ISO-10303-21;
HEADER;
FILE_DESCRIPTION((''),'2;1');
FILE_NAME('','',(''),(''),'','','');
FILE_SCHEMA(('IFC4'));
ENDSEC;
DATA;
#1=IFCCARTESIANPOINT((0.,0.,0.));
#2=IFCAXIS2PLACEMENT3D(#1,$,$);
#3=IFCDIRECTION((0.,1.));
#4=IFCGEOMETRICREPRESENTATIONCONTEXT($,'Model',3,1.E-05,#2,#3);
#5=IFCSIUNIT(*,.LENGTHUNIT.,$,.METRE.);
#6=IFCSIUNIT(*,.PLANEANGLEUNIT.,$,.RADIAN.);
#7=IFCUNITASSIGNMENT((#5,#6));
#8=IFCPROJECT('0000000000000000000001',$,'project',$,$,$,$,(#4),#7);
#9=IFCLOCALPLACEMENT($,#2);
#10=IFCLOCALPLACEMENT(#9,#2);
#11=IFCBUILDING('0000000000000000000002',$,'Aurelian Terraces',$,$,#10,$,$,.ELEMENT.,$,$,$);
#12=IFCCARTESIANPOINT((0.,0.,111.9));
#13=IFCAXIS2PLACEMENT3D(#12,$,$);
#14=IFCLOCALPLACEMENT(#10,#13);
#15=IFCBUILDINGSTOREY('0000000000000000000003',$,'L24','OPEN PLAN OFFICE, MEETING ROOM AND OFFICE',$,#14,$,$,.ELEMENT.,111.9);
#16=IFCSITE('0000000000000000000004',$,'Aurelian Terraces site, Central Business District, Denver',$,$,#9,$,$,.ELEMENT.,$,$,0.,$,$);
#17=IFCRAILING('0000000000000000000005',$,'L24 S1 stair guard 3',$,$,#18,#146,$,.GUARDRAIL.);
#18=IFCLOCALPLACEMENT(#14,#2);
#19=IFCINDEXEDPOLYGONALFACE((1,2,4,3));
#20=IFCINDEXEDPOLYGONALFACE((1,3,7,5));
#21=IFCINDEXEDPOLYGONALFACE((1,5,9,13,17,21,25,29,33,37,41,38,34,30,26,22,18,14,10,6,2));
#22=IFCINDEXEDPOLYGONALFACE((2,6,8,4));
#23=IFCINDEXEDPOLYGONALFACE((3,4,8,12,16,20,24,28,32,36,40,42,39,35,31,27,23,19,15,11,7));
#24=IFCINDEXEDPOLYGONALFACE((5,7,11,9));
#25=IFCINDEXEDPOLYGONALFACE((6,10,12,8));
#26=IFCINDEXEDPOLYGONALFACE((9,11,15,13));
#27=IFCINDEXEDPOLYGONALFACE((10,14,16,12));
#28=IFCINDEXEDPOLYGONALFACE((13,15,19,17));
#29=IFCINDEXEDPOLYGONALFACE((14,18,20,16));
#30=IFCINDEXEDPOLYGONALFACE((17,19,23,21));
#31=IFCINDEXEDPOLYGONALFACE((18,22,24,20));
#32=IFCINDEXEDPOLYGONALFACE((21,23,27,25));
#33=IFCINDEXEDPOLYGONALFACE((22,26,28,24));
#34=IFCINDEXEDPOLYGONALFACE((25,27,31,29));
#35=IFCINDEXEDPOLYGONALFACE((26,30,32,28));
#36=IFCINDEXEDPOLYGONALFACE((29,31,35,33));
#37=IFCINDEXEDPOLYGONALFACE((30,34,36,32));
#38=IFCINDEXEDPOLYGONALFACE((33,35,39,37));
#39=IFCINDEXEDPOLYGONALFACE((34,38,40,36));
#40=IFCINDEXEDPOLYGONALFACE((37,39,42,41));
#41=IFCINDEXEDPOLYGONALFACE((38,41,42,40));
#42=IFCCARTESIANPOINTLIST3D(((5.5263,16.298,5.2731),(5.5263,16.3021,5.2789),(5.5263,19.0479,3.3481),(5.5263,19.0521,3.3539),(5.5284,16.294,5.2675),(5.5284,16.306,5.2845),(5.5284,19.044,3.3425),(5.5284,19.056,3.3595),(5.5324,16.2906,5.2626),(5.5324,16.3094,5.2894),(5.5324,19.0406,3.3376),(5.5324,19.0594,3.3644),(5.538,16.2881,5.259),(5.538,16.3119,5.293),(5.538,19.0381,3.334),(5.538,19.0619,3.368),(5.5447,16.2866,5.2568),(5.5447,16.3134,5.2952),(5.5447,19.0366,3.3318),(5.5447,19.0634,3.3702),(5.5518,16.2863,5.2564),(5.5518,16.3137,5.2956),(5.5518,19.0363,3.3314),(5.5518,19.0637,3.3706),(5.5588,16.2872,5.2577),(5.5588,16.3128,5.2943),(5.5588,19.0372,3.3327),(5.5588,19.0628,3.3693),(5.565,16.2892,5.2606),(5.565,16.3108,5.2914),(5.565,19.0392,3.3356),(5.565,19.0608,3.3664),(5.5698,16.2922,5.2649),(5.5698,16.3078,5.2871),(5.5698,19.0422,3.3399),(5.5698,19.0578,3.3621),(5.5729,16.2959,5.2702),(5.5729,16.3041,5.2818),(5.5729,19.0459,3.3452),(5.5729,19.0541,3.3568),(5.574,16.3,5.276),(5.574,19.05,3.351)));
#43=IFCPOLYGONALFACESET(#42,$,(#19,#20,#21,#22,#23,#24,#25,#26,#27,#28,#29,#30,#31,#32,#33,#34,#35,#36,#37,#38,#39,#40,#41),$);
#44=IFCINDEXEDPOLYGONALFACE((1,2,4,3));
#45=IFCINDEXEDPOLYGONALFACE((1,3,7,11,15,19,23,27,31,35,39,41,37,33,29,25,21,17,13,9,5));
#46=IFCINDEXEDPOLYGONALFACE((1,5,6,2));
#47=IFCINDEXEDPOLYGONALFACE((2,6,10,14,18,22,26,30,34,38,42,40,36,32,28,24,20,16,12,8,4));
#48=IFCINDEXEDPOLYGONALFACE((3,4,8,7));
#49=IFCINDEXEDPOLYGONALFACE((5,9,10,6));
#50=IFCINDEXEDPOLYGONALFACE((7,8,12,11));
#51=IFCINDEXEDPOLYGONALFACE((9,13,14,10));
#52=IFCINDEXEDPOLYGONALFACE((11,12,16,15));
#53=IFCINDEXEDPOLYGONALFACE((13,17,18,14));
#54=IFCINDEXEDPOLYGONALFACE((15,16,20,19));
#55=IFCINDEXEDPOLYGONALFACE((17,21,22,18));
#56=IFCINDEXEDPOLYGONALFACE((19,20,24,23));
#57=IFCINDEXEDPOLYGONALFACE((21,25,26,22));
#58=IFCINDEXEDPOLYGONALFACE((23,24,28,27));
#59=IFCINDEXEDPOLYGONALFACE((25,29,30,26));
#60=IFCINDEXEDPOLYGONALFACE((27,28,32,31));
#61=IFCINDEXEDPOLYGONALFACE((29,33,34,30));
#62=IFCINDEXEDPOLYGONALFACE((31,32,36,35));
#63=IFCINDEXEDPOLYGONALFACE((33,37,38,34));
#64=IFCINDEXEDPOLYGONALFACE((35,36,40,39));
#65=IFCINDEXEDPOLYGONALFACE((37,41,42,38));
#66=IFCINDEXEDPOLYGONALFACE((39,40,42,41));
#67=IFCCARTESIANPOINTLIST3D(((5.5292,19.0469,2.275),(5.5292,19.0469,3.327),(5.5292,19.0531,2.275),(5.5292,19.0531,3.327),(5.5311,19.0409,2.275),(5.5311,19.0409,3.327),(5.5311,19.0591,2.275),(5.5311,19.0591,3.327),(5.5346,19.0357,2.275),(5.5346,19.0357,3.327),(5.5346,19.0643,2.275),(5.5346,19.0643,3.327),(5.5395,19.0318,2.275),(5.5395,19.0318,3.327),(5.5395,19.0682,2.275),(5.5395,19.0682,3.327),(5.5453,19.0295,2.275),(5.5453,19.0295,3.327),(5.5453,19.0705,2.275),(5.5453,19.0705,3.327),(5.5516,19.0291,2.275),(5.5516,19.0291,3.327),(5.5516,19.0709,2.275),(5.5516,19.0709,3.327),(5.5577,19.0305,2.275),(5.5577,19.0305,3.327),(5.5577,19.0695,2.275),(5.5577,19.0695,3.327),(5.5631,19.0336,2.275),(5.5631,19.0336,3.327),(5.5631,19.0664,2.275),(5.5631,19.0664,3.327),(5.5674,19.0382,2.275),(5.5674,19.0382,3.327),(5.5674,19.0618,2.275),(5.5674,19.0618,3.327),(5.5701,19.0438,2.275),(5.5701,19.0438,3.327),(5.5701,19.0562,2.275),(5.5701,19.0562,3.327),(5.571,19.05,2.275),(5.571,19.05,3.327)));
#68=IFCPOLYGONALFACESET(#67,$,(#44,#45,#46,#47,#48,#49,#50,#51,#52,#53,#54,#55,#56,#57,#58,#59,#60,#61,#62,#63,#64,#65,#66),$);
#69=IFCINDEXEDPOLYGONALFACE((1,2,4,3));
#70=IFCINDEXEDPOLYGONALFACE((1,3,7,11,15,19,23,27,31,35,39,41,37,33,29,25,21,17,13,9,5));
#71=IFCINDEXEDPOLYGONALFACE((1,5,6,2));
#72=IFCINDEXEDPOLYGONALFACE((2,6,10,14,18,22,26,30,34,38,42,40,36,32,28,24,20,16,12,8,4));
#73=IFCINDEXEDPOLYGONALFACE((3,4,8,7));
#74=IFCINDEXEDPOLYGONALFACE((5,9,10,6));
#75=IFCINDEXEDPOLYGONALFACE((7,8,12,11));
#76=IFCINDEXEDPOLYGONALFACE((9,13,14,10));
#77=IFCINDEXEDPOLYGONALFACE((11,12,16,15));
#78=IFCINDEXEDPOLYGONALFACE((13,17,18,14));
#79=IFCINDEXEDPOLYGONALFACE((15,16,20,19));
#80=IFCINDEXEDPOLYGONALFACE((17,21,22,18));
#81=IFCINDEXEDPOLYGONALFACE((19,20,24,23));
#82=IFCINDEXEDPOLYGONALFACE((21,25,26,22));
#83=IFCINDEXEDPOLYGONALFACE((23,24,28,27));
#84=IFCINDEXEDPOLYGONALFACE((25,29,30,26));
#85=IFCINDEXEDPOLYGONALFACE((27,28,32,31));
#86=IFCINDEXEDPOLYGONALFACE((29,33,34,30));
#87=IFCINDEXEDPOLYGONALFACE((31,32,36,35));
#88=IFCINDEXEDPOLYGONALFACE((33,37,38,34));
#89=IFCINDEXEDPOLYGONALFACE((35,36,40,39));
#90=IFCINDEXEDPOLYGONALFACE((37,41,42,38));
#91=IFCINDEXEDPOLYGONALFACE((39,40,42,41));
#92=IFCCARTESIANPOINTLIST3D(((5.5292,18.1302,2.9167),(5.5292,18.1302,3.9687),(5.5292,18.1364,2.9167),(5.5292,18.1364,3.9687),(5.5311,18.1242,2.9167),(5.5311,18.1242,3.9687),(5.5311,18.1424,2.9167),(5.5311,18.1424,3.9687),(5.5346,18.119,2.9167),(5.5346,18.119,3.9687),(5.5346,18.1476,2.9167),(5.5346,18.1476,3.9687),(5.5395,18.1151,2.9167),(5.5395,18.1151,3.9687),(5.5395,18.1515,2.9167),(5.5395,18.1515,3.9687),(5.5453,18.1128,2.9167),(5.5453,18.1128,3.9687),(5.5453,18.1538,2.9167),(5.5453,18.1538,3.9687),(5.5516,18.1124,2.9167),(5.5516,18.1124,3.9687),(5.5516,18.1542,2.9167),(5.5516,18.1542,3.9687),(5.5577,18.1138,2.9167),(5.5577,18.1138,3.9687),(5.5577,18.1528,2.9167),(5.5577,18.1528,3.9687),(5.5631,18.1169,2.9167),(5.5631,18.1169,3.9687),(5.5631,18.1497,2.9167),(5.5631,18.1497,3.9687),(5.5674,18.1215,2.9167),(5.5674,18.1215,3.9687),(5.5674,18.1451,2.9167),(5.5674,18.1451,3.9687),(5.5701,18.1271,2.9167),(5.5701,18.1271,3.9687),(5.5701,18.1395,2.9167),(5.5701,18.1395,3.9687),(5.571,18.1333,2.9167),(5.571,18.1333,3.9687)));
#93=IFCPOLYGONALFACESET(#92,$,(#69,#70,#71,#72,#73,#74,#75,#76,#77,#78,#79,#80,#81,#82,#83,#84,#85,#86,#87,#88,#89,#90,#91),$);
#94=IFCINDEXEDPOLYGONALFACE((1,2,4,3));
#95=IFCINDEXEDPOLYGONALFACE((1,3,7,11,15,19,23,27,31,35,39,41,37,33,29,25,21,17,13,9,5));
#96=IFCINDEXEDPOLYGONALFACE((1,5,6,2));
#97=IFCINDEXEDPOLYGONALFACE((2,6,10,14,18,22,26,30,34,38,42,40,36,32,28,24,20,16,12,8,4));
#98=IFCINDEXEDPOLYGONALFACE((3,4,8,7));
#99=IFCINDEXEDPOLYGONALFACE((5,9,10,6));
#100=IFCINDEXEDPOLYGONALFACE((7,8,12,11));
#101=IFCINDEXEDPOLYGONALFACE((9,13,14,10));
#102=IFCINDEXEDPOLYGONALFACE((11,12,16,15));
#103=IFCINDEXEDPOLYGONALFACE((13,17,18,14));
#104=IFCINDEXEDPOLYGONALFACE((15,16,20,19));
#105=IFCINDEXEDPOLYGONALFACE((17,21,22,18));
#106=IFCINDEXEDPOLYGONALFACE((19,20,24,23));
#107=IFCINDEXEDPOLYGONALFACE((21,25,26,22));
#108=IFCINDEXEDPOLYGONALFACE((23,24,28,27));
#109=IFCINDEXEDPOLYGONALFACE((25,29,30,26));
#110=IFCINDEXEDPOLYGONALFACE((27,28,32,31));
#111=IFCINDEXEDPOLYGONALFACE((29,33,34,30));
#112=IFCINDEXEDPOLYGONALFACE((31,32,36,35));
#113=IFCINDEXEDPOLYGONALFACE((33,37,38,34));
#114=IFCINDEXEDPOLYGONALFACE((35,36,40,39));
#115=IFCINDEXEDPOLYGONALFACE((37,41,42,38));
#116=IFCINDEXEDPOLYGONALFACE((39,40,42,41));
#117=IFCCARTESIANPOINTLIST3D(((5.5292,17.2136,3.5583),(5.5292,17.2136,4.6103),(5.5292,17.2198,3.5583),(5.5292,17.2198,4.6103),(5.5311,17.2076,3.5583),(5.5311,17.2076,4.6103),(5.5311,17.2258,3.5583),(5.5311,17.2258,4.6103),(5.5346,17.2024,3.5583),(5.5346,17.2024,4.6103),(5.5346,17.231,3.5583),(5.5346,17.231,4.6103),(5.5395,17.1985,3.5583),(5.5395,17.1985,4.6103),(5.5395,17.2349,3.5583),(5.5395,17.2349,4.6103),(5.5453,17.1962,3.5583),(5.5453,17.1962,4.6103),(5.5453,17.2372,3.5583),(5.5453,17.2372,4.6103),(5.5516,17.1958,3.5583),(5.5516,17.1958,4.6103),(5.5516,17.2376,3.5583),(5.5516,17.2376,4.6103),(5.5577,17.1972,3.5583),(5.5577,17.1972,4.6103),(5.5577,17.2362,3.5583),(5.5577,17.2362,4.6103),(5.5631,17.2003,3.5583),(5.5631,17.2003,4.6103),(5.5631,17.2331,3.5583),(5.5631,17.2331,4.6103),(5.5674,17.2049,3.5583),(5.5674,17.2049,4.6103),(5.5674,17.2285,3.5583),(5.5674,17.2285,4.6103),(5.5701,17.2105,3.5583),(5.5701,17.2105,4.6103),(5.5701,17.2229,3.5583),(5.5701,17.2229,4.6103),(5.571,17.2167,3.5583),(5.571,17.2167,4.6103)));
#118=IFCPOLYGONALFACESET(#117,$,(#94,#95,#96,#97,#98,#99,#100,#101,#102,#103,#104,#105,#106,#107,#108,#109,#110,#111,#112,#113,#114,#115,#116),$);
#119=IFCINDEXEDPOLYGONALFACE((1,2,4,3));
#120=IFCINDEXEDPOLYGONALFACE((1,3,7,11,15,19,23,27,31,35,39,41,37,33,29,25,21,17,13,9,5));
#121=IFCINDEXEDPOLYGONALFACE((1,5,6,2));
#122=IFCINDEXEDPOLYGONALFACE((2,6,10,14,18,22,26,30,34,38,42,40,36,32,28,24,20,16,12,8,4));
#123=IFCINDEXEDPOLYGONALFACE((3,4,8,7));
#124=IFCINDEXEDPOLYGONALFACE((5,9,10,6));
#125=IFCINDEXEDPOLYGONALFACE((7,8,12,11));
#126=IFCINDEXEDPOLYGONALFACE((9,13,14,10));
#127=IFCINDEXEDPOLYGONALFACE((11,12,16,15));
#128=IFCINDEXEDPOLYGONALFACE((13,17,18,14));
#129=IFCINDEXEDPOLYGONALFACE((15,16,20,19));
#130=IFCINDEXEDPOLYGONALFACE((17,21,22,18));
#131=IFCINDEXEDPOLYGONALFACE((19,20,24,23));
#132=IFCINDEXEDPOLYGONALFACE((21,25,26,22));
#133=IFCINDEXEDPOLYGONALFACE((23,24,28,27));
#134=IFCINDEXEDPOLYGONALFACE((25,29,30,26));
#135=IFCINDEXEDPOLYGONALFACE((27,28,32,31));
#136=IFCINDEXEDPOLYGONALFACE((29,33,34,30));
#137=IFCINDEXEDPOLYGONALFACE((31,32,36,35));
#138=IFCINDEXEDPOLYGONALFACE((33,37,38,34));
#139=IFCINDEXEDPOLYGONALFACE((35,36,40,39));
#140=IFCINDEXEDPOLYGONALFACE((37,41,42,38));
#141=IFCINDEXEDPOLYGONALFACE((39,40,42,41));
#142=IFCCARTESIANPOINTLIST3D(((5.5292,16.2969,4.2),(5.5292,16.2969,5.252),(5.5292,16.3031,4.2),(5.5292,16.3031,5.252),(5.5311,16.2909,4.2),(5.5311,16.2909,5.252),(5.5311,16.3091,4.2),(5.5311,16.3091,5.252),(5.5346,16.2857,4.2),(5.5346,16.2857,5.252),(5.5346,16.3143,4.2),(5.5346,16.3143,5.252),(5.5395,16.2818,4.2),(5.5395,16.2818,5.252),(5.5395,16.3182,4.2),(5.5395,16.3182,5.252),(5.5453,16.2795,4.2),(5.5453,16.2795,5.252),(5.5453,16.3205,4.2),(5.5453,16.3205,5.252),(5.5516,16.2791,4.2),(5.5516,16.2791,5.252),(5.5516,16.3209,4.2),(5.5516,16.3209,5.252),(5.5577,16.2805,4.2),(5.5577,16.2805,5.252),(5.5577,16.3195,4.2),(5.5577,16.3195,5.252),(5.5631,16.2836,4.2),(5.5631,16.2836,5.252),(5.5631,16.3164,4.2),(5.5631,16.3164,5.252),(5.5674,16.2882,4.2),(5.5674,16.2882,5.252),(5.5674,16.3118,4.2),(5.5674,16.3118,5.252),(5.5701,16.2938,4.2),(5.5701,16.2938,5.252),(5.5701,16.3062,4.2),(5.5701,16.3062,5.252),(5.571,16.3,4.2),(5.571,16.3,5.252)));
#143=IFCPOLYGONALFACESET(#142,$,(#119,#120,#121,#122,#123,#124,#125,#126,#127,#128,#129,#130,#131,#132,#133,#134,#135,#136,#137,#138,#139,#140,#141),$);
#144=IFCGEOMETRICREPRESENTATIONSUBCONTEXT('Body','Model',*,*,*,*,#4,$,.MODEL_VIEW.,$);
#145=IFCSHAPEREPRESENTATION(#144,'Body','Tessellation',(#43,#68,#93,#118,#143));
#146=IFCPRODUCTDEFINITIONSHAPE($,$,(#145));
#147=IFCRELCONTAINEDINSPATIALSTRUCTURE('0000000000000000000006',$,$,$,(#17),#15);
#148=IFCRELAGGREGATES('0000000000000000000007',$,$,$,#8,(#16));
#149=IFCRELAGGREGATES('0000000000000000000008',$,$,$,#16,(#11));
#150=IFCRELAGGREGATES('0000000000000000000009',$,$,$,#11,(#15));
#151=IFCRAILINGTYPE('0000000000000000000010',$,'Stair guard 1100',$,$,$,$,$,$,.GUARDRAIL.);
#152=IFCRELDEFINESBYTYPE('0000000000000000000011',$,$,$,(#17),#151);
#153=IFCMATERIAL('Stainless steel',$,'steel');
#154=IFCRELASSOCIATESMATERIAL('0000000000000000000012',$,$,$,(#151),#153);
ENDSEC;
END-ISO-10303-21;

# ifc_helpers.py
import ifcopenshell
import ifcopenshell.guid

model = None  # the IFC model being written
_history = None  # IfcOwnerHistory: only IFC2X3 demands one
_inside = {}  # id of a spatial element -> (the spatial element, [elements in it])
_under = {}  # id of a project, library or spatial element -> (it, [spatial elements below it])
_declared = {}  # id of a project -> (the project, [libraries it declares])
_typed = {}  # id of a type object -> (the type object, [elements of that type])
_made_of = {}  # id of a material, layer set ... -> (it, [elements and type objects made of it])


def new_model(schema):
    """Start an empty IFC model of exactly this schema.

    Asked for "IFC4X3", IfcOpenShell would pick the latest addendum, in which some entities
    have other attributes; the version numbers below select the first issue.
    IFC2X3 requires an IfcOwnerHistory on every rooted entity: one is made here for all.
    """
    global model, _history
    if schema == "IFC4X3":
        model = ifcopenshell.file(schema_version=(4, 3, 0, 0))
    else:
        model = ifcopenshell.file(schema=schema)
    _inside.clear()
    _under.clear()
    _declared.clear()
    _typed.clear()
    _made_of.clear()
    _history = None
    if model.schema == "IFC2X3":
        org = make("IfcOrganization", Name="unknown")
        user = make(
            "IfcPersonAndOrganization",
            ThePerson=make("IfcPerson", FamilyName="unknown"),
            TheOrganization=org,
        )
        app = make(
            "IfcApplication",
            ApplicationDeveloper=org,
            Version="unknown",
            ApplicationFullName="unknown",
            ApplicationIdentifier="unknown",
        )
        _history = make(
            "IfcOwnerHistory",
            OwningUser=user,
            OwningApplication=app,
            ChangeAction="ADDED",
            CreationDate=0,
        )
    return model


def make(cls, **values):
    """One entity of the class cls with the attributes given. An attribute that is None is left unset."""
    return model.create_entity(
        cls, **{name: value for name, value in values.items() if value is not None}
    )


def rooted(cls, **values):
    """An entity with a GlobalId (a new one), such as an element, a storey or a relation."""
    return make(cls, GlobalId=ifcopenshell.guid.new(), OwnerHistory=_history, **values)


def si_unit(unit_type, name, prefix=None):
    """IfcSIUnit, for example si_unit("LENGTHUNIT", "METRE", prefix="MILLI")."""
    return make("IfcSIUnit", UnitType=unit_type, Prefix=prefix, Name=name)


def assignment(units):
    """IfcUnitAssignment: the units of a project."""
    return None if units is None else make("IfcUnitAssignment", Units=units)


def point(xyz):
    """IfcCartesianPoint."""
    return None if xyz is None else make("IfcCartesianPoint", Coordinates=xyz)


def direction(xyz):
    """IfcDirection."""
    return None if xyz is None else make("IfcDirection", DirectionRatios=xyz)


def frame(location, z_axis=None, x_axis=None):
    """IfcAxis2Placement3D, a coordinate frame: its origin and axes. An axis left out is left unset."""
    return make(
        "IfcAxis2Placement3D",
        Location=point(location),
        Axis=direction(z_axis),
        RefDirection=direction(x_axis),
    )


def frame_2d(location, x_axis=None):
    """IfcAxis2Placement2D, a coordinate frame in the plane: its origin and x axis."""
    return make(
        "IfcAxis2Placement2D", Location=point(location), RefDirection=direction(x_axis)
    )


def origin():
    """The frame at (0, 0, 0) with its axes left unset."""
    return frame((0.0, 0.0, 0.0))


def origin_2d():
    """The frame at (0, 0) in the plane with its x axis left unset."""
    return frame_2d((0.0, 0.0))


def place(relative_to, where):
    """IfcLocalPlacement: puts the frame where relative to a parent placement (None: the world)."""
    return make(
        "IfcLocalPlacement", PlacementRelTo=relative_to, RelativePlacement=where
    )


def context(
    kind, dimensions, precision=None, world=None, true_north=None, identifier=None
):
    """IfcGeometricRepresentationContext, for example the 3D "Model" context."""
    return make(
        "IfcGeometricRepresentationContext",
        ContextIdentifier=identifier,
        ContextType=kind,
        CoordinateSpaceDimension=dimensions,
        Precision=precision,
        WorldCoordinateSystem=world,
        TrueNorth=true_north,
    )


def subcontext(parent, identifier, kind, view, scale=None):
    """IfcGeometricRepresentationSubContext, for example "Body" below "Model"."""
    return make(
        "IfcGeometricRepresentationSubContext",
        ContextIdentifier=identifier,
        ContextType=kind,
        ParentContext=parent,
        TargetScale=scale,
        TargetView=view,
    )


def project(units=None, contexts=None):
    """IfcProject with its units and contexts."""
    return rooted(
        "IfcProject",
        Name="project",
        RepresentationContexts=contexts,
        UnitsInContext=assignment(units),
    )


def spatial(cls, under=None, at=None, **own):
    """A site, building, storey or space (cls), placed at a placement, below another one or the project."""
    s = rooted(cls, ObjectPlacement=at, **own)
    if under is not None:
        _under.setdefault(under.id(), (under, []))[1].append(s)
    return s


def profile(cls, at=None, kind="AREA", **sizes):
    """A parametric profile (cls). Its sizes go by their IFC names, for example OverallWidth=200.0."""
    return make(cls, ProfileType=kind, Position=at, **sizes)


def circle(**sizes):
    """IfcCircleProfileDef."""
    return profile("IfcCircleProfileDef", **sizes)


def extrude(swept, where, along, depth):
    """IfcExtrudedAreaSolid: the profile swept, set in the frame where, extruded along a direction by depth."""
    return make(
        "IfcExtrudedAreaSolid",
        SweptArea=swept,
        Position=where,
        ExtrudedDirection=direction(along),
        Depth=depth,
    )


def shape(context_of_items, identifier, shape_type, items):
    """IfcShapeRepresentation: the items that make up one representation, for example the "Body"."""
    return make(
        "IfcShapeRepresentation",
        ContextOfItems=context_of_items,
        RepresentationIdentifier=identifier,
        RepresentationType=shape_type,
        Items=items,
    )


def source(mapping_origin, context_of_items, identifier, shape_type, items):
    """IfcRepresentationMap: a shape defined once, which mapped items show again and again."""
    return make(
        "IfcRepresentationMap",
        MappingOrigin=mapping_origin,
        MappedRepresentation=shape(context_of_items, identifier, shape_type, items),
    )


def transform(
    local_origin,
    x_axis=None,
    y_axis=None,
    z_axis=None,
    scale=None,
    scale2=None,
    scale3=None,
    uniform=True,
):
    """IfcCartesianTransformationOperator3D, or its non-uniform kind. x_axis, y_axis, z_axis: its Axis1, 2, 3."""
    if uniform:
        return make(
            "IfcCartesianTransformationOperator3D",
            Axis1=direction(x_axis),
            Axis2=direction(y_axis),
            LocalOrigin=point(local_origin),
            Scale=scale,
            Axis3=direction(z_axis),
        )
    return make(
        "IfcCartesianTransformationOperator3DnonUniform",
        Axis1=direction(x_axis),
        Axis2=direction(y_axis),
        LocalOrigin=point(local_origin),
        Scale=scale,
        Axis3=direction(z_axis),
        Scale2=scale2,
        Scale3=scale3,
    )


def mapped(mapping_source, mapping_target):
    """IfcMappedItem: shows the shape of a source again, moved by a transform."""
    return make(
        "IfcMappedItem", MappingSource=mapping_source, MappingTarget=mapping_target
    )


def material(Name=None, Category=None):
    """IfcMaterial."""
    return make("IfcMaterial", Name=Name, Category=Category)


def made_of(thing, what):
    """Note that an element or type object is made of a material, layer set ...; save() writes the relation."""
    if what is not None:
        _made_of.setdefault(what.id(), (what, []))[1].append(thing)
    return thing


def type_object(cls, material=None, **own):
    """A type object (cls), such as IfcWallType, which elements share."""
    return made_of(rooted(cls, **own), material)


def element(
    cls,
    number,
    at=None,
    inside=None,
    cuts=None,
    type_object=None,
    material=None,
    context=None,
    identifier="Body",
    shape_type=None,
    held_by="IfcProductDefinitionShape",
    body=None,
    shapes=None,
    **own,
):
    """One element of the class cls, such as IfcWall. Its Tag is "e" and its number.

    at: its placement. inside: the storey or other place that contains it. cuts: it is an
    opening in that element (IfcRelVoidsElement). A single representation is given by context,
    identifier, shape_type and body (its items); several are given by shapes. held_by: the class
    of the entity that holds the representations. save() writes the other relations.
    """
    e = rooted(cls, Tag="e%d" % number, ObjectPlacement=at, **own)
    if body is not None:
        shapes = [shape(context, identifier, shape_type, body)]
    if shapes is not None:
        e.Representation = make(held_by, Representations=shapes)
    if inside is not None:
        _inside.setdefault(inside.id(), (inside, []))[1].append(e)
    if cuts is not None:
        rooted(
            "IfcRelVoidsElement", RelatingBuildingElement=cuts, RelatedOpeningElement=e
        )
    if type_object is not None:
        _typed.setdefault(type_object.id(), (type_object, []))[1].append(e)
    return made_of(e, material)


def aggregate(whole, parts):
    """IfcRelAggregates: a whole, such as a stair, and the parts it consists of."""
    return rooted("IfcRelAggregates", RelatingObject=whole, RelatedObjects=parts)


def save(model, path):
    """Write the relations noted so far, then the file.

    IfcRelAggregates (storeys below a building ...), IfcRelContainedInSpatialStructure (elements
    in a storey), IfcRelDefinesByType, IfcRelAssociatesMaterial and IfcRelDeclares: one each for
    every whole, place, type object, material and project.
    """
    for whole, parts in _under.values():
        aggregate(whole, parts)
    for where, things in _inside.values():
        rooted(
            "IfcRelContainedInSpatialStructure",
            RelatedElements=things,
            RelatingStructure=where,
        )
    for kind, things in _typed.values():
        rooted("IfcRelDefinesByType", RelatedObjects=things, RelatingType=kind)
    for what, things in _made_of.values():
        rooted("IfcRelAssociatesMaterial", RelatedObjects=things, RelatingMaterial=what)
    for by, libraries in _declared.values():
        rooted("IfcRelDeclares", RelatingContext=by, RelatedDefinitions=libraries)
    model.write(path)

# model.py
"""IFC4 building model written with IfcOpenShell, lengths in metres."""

from ifc_helpers import new_model, si_unit, direction, frame, origin, origin_2d, place, context, subcontext, project, spatial, circle, extrude, source, transform, mapped, material, type_object, element, save


model = new_model("IFC4")

# Units and contexts
model_context = context("Model", 3, precision=1e-05, world=origin(), true_north=direction((0.0, 1.0)))
body_context = subcontext(model_context, "Body", "Model", "MODEL_VIEW")
ifc_project = project(units=[si_unit("LENGTHUNIT", "METRE"), si_unit("PLANEANGLEUNIT", "RADIAN")], contexts=[model_context])

# Site, building, storey
site_placement = place(None, origin())
site = spatial("IfcSite", under=ifc_project, at=site_placement, Name="Aurelian Terraces site, Central Business District, Denver", CompositionType="ELEMENT", RefElevation=0.0)
building_placement = place(site_placement, origin())
building = spatial("IfcBuilding", under=site, at=building_placement, Name="Aurelian Terraces", CompositionType="ELEMENT")
storey_placement = place(building_placement, frame((0.0, 0.0, 111.9)))
storey = spatial("IfcBuildingStorey", under=building, at=storey_placement, Name="L24", Description="OPEN PLAN OFFICE, MEETING ROOM AND OFFICE", CompositionType="ELEMENT", Elevation=111.9)

# Shared definitions
ifc_material_1 = material(Name="Stainless steel", Category="steel")

# Railing
railing_type_1 = type_object("IfcRailingType", Name="Stair guard 1100", PredefinedType="GUARDRAIL", material=ifc_material_1)
shared_shape_1 = source(origin(), body_context, "Body", "SweptSolid", [
    extrude(circle(Radius=0.024, at=origin_2d()), frame((0.0, 0.0, 1.076), z_axis=(0.0, -0.819232, 0.573462), x_axis=(1.0, 0.0, 0.0)), (0.0, 0.0, 1.0), 3.3568),
    extrude(circle(Radius=0.021, at=origin_2d()), origin(), (0.0, 0.0, 1.0), 1.052),
    extrude(circle(Radius=0.021, at=origin_2d()), frame((0.0, -0.9167, 0.6417)), (0.0, 0.0, 1.0), 1.052),
    extrude(circle(Radius=0.021, at=origin_2d()), frame((0.0, -1.8333, 1.2833)), (0.0, 0.0, 1.0), 1.052),
    extrude(circle(Radius=0.021, at=origin_2d()), frame((0.0, -2.75, 1.925)), (0.0, 0.0, 1.0), 1.052),
])
railing_1_placement = place(storey_placement, frame((5.55, 19.05, 2.275)))
element("IfcRailing", 1, at=railing_1_placement, inside=storey, type_object=railing_type_1, Name="L24 S1 stair guard 3", PredefinedType="GUARDRAIL", context=body_context, shape_type="MappedRepresentation", body=[
    mapped(shared_shape_1, transform((0.0, 0.0, 0.0), scale=1.0)),
])

save(model, "model.ifc")
